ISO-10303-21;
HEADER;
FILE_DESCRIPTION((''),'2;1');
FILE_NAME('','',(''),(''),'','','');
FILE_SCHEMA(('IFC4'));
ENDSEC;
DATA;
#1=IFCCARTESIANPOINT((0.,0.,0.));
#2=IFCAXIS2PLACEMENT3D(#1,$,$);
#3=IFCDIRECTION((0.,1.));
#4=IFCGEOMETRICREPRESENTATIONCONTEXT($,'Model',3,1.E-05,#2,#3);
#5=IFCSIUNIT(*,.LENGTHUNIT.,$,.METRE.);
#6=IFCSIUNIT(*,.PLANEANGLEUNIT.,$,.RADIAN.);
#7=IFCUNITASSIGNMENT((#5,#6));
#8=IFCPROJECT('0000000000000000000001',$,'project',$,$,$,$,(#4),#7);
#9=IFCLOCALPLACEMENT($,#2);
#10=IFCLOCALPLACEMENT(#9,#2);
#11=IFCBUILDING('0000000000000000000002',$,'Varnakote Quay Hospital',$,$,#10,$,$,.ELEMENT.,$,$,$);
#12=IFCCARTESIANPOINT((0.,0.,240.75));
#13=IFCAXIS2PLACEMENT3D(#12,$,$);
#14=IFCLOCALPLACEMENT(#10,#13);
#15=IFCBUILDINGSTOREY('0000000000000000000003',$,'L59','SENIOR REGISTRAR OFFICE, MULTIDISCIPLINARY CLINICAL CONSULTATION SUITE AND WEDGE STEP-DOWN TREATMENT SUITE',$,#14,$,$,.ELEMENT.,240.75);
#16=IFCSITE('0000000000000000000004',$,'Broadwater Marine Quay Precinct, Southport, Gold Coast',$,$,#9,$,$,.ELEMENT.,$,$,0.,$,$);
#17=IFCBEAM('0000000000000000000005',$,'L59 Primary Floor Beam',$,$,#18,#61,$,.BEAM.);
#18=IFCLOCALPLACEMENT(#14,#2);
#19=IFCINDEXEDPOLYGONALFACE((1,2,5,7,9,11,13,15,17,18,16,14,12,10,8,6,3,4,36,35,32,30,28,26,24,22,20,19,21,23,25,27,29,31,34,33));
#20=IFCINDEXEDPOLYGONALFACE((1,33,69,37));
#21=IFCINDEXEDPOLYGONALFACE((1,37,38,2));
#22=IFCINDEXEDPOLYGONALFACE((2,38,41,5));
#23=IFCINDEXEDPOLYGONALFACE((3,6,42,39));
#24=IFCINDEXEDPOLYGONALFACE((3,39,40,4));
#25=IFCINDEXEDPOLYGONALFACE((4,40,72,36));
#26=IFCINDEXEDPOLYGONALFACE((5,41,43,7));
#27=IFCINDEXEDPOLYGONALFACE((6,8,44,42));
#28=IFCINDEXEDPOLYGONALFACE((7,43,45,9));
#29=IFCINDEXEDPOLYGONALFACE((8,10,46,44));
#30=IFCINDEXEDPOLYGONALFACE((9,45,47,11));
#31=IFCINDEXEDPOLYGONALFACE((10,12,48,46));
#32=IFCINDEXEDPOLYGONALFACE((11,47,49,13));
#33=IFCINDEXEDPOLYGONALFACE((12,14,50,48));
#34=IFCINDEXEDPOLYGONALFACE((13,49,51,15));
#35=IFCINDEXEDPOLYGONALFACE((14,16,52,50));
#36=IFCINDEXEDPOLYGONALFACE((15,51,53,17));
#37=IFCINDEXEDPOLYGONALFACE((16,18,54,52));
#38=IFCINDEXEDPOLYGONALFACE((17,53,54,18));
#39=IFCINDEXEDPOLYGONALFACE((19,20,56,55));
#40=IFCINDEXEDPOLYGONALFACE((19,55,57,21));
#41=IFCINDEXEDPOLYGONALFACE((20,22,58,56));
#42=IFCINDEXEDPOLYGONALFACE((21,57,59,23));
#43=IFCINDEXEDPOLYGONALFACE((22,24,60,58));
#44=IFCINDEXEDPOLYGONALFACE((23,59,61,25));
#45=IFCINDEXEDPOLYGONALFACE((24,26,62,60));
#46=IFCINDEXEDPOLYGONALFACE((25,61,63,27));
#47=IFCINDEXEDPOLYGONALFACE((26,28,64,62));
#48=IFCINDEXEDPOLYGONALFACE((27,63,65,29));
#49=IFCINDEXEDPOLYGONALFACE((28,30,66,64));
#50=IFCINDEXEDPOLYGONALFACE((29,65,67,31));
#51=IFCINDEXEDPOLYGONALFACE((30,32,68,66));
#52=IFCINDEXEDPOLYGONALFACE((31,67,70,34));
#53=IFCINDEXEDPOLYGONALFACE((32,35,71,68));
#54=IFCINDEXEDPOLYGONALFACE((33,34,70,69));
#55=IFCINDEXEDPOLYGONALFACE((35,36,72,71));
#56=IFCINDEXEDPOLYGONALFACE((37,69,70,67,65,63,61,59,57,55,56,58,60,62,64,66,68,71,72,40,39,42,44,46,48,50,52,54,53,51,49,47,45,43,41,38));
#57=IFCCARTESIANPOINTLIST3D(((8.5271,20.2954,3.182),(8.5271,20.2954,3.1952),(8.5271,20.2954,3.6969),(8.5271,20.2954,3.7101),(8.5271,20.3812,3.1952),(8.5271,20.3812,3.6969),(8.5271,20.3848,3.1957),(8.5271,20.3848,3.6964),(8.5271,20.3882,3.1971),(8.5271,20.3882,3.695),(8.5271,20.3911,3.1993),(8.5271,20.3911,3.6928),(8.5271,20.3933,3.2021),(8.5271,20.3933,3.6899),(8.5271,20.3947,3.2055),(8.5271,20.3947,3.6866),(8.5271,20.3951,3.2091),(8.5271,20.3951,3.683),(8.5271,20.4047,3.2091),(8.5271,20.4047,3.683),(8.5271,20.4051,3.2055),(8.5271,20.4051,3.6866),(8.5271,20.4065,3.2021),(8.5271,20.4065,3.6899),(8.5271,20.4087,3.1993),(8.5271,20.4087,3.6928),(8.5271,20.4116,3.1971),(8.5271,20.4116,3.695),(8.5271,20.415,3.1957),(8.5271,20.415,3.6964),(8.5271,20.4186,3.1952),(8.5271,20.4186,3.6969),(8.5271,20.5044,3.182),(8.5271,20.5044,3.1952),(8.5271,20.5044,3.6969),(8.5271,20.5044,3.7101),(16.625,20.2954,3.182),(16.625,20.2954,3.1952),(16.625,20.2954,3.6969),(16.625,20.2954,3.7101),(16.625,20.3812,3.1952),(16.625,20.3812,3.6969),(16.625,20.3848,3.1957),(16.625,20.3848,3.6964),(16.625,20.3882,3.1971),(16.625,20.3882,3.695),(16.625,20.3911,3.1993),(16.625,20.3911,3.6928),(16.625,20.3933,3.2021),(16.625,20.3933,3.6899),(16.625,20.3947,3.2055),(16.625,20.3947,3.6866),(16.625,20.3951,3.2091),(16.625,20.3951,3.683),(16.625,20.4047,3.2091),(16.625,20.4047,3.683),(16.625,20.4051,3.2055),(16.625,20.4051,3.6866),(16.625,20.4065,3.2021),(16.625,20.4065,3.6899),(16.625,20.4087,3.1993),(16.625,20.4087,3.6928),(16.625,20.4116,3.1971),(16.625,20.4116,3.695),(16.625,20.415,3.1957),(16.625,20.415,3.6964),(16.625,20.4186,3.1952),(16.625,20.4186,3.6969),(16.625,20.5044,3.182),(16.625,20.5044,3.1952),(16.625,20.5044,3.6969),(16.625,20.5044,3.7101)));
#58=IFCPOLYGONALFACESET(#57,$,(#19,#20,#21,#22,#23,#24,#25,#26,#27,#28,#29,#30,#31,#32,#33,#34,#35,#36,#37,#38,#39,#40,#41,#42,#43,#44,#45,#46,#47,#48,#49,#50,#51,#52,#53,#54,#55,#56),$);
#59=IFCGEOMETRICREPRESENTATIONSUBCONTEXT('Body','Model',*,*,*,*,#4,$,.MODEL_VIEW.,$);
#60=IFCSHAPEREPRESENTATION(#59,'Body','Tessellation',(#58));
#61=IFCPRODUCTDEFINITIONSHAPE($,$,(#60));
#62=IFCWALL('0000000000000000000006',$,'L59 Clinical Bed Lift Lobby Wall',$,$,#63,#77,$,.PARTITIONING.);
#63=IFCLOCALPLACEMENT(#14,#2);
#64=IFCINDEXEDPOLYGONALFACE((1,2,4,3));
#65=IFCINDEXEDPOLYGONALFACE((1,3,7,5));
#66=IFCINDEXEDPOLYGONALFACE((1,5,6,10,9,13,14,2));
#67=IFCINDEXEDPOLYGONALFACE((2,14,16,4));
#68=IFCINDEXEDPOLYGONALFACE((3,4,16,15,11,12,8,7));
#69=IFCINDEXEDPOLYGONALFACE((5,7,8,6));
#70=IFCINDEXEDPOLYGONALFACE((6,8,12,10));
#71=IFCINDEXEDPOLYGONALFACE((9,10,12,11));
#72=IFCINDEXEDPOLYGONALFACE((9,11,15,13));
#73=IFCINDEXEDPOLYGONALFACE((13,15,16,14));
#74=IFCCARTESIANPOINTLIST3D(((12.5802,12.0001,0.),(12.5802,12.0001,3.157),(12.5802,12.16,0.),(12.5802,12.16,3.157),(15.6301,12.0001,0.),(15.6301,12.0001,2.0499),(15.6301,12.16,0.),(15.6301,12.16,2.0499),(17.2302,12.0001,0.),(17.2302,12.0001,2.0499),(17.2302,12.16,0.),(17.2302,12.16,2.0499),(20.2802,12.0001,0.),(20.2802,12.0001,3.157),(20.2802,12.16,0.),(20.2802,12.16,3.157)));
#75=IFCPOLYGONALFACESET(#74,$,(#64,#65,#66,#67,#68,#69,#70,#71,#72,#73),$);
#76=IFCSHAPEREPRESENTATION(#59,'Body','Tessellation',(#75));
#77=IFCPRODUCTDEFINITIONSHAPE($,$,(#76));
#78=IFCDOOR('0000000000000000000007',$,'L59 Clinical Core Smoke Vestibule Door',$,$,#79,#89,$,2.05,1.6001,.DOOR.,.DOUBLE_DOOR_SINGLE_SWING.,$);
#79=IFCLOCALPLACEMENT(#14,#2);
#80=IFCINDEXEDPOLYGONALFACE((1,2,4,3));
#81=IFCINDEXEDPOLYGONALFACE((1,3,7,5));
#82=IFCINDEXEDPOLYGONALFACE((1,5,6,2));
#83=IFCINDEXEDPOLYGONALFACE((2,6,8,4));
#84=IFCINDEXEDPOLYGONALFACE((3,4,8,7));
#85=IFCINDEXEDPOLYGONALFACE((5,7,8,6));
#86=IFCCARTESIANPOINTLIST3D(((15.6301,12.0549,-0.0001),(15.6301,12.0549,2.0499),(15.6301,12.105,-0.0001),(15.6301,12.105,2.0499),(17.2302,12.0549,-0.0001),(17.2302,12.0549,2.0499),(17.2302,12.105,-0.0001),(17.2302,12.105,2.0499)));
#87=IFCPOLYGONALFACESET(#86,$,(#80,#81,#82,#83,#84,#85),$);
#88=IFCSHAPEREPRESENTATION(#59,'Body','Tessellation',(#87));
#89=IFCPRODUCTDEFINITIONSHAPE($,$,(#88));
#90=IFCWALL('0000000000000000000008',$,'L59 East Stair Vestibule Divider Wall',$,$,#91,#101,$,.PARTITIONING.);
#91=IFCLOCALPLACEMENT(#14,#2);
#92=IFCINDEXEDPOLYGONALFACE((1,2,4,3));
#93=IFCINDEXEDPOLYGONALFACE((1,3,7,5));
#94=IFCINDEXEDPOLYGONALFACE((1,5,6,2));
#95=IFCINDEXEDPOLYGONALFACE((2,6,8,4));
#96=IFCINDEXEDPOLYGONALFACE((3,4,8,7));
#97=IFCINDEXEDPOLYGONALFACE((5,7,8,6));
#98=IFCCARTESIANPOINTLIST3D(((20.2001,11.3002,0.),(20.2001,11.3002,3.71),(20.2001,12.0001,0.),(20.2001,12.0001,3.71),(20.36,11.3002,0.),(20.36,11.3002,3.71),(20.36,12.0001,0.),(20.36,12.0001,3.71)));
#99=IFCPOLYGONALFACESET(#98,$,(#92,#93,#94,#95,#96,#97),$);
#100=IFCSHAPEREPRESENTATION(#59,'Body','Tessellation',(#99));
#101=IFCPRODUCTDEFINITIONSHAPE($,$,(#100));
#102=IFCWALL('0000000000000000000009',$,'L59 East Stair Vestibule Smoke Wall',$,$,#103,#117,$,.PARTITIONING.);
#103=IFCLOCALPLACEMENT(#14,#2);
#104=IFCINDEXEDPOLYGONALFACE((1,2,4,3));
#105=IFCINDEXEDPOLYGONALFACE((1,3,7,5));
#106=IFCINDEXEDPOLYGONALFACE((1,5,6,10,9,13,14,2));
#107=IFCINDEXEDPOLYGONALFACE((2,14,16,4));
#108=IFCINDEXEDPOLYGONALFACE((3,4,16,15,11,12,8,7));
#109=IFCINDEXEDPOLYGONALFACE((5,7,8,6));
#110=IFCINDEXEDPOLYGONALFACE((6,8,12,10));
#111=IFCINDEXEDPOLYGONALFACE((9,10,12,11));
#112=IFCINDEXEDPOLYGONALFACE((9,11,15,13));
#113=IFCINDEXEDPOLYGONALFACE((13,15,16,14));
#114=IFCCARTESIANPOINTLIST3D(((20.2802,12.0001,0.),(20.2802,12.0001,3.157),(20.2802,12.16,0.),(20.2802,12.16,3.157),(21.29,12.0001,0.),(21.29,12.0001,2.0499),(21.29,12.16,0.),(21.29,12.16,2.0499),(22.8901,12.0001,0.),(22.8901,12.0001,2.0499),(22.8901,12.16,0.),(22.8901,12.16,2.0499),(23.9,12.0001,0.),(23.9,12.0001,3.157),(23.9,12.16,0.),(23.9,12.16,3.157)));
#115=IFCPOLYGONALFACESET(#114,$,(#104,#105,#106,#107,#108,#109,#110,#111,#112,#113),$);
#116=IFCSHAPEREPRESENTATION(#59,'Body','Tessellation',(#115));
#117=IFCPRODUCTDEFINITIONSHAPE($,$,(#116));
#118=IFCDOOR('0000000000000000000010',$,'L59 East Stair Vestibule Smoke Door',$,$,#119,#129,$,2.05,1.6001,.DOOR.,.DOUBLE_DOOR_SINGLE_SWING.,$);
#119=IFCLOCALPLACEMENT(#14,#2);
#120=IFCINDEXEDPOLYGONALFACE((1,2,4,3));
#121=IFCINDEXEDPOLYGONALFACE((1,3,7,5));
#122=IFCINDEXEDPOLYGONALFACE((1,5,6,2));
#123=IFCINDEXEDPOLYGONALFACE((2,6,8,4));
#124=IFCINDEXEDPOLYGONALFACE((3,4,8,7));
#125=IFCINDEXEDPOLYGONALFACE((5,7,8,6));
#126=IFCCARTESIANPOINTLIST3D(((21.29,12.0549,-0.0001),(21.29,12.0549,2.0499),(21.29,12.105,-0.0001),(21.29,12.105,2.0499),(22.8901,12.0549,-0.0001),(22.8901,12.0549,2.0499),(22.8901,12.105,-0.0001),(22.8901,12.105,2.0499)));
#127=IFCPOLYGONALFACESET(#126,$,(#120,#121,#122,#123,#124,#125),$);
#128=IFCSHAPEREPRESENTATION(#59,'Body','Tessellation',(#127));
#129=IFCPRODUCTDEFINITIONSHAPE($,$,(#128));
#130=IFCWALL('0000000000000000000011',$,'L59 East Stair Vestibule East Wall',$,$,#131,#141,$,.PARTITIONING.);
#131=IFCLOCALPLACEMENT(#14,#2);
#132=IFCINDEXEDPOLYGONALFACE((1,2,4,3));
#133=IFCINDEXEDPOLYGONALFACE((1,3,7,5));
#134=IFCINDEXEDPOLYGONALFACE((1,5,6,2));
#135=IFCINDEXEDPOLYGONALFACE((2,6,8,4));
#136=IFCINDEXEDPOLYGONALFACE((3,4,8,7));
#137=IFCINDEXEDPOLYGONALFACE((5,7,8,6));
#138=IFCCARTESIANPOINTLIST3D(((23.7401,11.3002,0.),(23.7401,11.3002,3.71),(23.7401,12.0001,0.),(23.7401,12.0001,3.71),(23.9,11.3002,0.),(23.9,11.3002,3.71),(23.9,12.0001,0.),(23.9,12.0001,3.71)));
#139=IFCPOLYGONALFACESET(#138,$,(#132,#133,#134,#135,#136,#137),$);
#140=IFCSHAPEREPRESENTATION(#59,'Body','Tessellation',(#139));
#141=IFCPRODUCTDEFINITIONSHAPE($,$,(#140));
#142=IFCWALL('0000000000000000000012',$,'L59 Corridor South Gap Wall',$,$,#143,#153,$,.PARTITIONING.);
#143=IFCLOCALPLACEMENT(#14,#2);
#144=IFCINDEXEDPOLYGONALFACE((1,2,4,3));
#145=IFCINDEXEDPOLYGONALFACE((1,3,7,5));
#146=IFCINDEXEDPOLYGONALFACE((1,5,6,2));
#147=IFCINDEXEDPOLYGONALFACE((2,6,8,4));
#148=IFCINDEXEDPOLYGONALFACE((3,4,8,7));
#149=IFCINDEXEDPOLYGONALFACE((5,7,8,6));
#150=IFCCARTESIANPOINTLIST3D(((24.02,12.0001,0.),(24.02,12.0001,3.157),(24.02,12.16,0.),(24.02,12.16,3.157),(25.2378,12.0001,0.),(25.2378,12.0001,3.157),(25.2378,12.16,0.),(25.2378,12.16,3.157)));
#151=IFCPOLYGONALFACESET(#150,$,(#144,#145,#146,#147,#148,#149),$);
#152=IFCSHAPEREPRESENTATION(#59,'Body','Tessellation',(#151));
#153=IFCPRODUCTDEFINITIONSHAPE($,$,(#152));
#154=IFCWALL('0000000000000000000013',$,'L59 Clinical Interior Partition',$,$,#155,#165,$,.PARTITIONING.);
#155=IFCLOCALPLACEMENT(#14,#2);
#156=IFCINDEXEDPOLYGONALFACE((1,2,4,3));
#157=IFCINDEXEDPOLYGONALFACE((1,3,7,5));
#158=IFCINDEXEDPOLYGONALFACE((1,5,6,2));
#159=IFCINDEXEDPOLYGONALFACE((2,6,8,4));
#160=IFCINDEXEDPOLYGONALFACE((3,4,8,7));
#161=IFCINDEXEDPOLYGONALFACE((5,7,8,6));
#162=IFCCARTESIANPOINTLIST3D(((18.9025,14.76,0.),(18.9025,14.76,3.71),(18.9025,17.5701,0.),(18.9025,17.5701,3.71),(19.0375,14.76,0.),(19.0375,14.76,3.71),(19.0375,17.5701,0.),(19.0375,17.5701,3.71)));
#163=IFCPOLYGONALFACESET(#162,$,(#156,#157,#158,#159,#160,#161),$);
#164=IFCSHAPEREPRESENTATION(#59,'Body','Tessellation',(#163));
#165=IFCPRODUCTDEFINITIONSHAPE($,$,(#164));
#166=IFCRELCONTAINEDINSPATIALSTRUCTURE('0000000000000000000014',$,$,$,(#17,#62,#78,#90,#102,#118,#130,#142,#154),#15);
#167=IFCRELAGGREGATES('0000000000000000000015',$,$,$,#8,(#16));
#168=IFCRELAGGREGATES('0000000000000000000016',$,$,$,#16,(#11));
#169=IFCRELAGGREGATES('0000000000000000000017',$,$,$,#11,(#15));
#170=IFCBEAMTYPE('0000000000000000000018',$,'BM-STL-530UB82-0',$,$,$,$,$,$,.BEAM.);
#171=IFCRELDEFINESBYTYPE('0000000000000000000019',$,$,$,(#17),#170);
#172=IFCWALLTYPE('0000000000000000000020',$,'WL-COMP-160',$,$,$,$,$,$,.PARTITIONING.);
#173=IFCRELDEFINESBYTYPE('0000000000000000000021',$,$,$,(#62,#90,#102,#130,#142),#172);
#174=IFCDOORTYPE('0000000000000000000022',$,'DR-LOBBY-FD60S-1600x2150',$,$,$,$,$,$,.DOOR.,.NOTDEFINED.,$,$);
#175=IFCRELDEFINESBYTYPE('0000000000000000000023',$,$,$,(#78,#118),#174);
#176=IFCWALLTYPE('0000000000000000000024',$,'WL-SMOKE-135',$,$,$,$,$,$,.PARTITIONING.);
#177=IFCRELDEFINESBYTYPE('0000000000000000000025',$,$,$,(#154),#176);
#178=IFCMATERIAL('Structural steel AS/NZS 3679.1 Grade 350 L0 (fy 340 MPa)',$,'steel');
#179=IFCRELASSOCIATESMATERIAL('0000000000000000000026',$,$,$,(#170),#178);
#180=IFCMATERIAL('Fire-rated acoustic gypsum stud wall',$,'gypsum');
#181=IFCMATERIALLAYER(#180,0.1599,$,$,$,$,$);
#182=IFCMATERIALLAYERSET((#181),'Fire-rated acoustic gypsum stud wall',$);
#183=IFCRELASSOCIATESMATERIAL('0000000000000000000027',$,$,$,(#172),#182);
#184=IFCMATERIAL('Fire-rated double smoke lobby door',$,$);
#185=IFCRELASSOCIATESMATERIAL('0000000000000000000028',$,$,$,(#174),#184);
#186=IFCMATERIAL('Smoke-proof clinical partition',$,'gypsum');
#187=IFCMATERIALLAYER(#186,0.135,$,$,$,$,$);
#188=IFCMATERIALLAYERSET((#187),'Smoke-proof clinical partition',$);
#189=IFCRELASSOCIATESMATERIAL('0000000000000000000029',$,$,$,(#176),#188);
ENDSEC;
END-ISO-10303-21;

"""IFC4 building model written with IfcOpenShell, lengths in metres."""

from ifc_helpers import new_model, si_unit, direction, frame, frame_2d, origin, origin_2d, place, context, subcontext, project, spatial, rectangle, i_section, extrude, material, layer, layer_set, material_profile, profile_set, type_object, element, fill, save


model = new_model("IFC4")

# Units and contexts
model_context = context("Model", 3, precision=1e-05, world=origin(), true_north=direction((0.0, 1.0)))
body_context = subcontext(model_context, "Body", "Model", "MODEL_VIEW")
ifc_project = project(units=[si_unit("LENGTHUNIT", "METRE"), si_unit("PLANEANGLEUNIT", "RADIAN")], contexts=[model_context])

# Site, building, storey
site_placement = place(None, origin())
site = spatial("IfcSite", under=ifc_project, at=site_placement, Name="Broadwater Marine Quay Precinct, Southport, Gold Coast", CompositionType="ELEMENT", RefElevation=0.0)
building_placement = place(site_placement, origin())
building = spatial("IfcBuilding", under=site, at=building_placement, Name="Varnakote Quay Hospital", CompositionType="ELEMENT")
storey_placement = place(building_placement, frame((0.0, 0.0, 240.75)))
storey = spatial("IfcBuildingStorey", under=building, at=storey_placement, Name="L59", Description="SENIOR REGISTRAR OFFICE, MULTIDISCIPLINARY CLINICAL CONSULTATION SUITE AND WEDGE STEP-DOWN TREATMENT SUITE", CompositionType="ELEMENT", Elevation=240.75)

# Beam
ifc_material_1 = material(Name="Structural steel AS/NZS 3679.1 Grade 350 L0 (fy 340 MPa)", Category="steel")
ifc_material_profile_1 = material_profile(ifc_material_1, i_section(OverallWidth=0.209, OverallDepth=0.5281, WebThickness=0.0095, FlangeThickness=0.0132, FilletRadius=0.0139, at=origin_2d()), Name="530UB82.0")
ifc_profile_set_1 = profile_set([ifc_material_profile_1], Name="Structural steel AS/NZS 3679.1 Grade 350 L0 (fy 340 MPa)")
beam_type = type_object("IfcBeamType", Name="BM-STL-530UB82-0", PredefinedType="BEAM", material=ifc_profile_set_1)
beam_1_placement = place(storey_placement, frame((8.5271, 20.3999, 3.446), z_axis=(1.0, 0.0, 0.0), x_axis=(0.0, 1.0, 0.0)))
element("IfcBeam", 1, at=beam_1_placement, inside=storey, type_object=beam_type, Name="L59 Primary Floor Beam", PredefinedType="BEAM", context=body_context, shape_type="SweptSolid", body=[
    extrude(i_section(OverallWidth=0.209, OverallDepth=0.5281, WebThickness=0.0095, FlangeThickness=0.0132, FilletRadius=0.0139, at=origin_2d()), origin(), (0.0, 0.0, 1.0), 8.0979),
])

# Wall, opening, door
ifc_material_2 = material(Name="Fire-rated acoustic gypsum stud wall", Category="gypsum")
ifc_layer_1 = layer(ifc_material_2, 0.1599)
ifc_layer_set_1 = layer_set([ifc_layer_1], Name="Fire-rated acoustic gypsum stud wall")
wall_type_1 = type_object("IfcWallType", Name="WL-COMP-160", PredefinedType="PARTITIONING", material=ifc_layer_set_1)
wall_1_placement = place(storey_placement, frame((12.5801, 12.0801, 0.0), z_axis=(0.0, 0.0, 1.0), x_axis=(1.0, 0.0, 0.0)))
wall_1 = element("IfcWall", 2, at=wall_1_placement, inside=storey, type_object=wall_type_1, Name="L59 Clinical Bed Lift Lobby Wall", PredefinedType="PARTITIONING", context=body_context, shape_type="SweptSolid", body=[
    extrude(rectangle(XDim=7.7, YDim=0.1599, at=frame_2d((3.8501, 0.0))), origin(), (0.0, 0.0, 1.0), 3.157),
])
opening_1_placement = place(wall_1_placement, frame((3.05, 0.0, 0.0)))
opening_1 = element("IfcOpeningElement", 3, at=opening_1_placement, cuts=wall_1, PredefinedType="OPENING", context=body_context, shape_type="SweptSolid", body=[
    extrude(rectangle(XDim=1.6001, YDim=2.05, at=frame_2d((0.8, 1.0249))), frame((0.0, 0.0898, 0.0), z_axis=(0.0, -1.0, 0.0), x_axis=(1.0, 0.0, 0.0)), (0.0, 0.0, 1.0), 0.1799),
])
ifc_material_3 = material(Name="Fire-rated double smoke lobby door")
door_type_1 = type_object("IfcDoorType", Name="DR-LOBBY-FD60S-1600x2150", OperationType="NOTDEFINED", PredefinedType="DOOR", material=ifc_material_3)
door_1_placement = place(opening_1_placement, origin())
door_1 = element("IfcDoor", 4, at=door_1_placement, inside=storey, type_object=door_type_1, Name="L59 Clinical Core Smoke Vestibule Door", OperationType="DOUBLE_DOOR_SINGLE_SWING", OverallHeight=2.05, OverallWidth=1.6001, PredefinedType="DOOR", context=body_context, shape_type="SweptSolid", body=[
    extrude(rectangle(XDim=1.6001, YDim=2.05, at=frame_2d((0.8, 1.0249))), frame((0.0, 0.0249, 0.0), z_axis=(0.0, -1.0, 0.0), x_axis=(1.0, 0.0, 0.0)), (0.0, 0.0, 1.0), 0.05),
])
fill(opening_1, door_1)

# Wall
wall_2_placement = place(storey_placement, frame((20.28, 11.3, 0.0), z_axis=(0.0, 0.0, 1.0), x_axis=(0.0, 1.0, 0.0)))
element("IfcWall", 5, at=wall_2_placement, inside=storey, type_object=wall_type_1, Name="L59 East Stair Vestibule Divider Wall", PredefinedType="PARTITIONING", context=body_context, shape_type="SweptSolid", body=[
    extrude(rectangle(XDim=0.7, YDim=0.1599, at=frame_2d((0.3501, 0.0))), origin(), (0.0, 0.0, 1.0), 3.71),
])

# Wall, opening, door
wall_3_placement = place(storey_placement, frame((20.28, 12.0801, 0.0), z_axis=(0.0, 0.0, 1.0), x_axis=(1.0, 0.0, 0.0)))
wall_3 = element("IfcWall", 6, at=wall_3_placement, inside=storey, type_object=wall_type_1, Name="L59 East Stair Vestibule Smoke Wall", PredefinedType="PARTITIONING", context=body_context, shape_type="SweptSolid", body=[
    extrude(rectangle(XDim=3.6199, YDim=0.1599, at=frame_2d((1.8101, 0.0))), origin(), (0.0, 0.0, 1.0), 3.157),
])
opening_2_placement = place(wall_3_placement, frame((1.01, 0.0, 0.0)))
opening_2 = element("IfcOpeningElement", 7, at=opening_2_placement, cuts=wall_3, PredefinedType="OPENING", context=body_context, shape_type="SweptSolid", body=[
    extrude(rectangle(XDim=1.6001, YDim=2.05, at=frame_2d((0.8, 1.0249))), frame((0.0, 0.0898, 0.0), z_axis=(0.0, -1.0, 0.0), x_axis=(1.0, 0.0, 0.0)), (0.0, 0.0, 1.0), 0.1799),
])
door_2_placement = place(opening_2_placement, origin())
door_2 = element("IfcDoor", 8, at=door_2_placement, inside=storey, type_object=door_type_1, Name="L59 East Stair Vestibule Smoke Door", OperationType="DOUBLE_DOOR_SINGLE_SWING", OverallHeight=2.05, OverallWidth=1.6001, PredefinedType="DOOR", context=body_context, shape_type="SweptSolid", body=[
    extrude(rectangle(XDim=1.6001, YDim=2.05, at=frame_2d((0.8, 1.0249))), frame((0.0, 0.0249, 0.0), z_axis=(0.0, -1.0, 0.0), x_axis=(1.0, 0.0, 0.0)), (0.0, 0.0, 1.0), 0.05),
])
fill(opening_2, door_2)

# Walls
wall_4_placement = place(storey_placement, frame((23.8201, 11.3, 0.0), z_axis=(0.0, 0.0, 1.0), x_axis=(0.0, 1.0, 0.0)))
element("IfcWall", 9, at=wall_4_placement, inside=storey, type_object=wall_type_1, Name="L59 East Stair Vestibule East Wall", PredefinedType="PARTITIONING", context=body_context, shape_type="SweptSolid", body=[
    extrude(rectangle(XDim=0.7, YDim=0.1599, at=frame_2d((0.3501, 0.0))), origin(), (0.0, 0.0, 1.0), 3.71),
])
wall_5_placement = place(storey_placement, frame((24.02, 12.0801, 0.0), z_axis=(0.0, 0.0, 1.0), x_axis=(1.0, 0.0, 0.0)))
element("IfcWall", 10, at=wall_5_placement, inside=storey, type_object=wall_type_1, Name="L59 Corridor South Gap Wall", PredefinedType="PARTITIONING", context=body_context, shape_type="SweptSolid", body=[
    extrude(rectangle(XDim=1.2178, YDim=0.1599, at=frame_2d((0.6089, 0.0))), origin(), (0.0, 0.0, 1.0), 3.157),
])
ifc_material_4 = material(Name="Smoke-proof clinical partition", Category="gypsum")
ifc_layer_2 = layer(ifc_material_4, 0.135)
ifc_layer_set_2 = layer_set([ifc_layer_2], Name="Smoke-proof clinical partition")
wall_type_2 = type_object("IfcWallType", Name="WL-SMOKE-135", PredefinedType="PARTITIONING", material=ifc_layer_set_2)
wall_6_placement = place(storey_placement, frame((18.97, 14.76, 0.0), z_axis=(0.0, 0.0, 1.0), x_axis=(0.0, 1.0, 0.0)))
element("IfcWall", 11, at=wall_6_placement, inside=storey, type_object=wall_type_2, Name="L59 Clinical Interior Partition", PredefinedType="PARTITIONING", context=body_context, shape_type="SweptSolid", body=[
    extrude(rectangle(XDim=2.8101, YDim=0.135, at=frame_2d((1.405, 0.0))), origin(), (0.0, 0.0, 1.0), 3.71),
])

save(model, "model.ifc")
